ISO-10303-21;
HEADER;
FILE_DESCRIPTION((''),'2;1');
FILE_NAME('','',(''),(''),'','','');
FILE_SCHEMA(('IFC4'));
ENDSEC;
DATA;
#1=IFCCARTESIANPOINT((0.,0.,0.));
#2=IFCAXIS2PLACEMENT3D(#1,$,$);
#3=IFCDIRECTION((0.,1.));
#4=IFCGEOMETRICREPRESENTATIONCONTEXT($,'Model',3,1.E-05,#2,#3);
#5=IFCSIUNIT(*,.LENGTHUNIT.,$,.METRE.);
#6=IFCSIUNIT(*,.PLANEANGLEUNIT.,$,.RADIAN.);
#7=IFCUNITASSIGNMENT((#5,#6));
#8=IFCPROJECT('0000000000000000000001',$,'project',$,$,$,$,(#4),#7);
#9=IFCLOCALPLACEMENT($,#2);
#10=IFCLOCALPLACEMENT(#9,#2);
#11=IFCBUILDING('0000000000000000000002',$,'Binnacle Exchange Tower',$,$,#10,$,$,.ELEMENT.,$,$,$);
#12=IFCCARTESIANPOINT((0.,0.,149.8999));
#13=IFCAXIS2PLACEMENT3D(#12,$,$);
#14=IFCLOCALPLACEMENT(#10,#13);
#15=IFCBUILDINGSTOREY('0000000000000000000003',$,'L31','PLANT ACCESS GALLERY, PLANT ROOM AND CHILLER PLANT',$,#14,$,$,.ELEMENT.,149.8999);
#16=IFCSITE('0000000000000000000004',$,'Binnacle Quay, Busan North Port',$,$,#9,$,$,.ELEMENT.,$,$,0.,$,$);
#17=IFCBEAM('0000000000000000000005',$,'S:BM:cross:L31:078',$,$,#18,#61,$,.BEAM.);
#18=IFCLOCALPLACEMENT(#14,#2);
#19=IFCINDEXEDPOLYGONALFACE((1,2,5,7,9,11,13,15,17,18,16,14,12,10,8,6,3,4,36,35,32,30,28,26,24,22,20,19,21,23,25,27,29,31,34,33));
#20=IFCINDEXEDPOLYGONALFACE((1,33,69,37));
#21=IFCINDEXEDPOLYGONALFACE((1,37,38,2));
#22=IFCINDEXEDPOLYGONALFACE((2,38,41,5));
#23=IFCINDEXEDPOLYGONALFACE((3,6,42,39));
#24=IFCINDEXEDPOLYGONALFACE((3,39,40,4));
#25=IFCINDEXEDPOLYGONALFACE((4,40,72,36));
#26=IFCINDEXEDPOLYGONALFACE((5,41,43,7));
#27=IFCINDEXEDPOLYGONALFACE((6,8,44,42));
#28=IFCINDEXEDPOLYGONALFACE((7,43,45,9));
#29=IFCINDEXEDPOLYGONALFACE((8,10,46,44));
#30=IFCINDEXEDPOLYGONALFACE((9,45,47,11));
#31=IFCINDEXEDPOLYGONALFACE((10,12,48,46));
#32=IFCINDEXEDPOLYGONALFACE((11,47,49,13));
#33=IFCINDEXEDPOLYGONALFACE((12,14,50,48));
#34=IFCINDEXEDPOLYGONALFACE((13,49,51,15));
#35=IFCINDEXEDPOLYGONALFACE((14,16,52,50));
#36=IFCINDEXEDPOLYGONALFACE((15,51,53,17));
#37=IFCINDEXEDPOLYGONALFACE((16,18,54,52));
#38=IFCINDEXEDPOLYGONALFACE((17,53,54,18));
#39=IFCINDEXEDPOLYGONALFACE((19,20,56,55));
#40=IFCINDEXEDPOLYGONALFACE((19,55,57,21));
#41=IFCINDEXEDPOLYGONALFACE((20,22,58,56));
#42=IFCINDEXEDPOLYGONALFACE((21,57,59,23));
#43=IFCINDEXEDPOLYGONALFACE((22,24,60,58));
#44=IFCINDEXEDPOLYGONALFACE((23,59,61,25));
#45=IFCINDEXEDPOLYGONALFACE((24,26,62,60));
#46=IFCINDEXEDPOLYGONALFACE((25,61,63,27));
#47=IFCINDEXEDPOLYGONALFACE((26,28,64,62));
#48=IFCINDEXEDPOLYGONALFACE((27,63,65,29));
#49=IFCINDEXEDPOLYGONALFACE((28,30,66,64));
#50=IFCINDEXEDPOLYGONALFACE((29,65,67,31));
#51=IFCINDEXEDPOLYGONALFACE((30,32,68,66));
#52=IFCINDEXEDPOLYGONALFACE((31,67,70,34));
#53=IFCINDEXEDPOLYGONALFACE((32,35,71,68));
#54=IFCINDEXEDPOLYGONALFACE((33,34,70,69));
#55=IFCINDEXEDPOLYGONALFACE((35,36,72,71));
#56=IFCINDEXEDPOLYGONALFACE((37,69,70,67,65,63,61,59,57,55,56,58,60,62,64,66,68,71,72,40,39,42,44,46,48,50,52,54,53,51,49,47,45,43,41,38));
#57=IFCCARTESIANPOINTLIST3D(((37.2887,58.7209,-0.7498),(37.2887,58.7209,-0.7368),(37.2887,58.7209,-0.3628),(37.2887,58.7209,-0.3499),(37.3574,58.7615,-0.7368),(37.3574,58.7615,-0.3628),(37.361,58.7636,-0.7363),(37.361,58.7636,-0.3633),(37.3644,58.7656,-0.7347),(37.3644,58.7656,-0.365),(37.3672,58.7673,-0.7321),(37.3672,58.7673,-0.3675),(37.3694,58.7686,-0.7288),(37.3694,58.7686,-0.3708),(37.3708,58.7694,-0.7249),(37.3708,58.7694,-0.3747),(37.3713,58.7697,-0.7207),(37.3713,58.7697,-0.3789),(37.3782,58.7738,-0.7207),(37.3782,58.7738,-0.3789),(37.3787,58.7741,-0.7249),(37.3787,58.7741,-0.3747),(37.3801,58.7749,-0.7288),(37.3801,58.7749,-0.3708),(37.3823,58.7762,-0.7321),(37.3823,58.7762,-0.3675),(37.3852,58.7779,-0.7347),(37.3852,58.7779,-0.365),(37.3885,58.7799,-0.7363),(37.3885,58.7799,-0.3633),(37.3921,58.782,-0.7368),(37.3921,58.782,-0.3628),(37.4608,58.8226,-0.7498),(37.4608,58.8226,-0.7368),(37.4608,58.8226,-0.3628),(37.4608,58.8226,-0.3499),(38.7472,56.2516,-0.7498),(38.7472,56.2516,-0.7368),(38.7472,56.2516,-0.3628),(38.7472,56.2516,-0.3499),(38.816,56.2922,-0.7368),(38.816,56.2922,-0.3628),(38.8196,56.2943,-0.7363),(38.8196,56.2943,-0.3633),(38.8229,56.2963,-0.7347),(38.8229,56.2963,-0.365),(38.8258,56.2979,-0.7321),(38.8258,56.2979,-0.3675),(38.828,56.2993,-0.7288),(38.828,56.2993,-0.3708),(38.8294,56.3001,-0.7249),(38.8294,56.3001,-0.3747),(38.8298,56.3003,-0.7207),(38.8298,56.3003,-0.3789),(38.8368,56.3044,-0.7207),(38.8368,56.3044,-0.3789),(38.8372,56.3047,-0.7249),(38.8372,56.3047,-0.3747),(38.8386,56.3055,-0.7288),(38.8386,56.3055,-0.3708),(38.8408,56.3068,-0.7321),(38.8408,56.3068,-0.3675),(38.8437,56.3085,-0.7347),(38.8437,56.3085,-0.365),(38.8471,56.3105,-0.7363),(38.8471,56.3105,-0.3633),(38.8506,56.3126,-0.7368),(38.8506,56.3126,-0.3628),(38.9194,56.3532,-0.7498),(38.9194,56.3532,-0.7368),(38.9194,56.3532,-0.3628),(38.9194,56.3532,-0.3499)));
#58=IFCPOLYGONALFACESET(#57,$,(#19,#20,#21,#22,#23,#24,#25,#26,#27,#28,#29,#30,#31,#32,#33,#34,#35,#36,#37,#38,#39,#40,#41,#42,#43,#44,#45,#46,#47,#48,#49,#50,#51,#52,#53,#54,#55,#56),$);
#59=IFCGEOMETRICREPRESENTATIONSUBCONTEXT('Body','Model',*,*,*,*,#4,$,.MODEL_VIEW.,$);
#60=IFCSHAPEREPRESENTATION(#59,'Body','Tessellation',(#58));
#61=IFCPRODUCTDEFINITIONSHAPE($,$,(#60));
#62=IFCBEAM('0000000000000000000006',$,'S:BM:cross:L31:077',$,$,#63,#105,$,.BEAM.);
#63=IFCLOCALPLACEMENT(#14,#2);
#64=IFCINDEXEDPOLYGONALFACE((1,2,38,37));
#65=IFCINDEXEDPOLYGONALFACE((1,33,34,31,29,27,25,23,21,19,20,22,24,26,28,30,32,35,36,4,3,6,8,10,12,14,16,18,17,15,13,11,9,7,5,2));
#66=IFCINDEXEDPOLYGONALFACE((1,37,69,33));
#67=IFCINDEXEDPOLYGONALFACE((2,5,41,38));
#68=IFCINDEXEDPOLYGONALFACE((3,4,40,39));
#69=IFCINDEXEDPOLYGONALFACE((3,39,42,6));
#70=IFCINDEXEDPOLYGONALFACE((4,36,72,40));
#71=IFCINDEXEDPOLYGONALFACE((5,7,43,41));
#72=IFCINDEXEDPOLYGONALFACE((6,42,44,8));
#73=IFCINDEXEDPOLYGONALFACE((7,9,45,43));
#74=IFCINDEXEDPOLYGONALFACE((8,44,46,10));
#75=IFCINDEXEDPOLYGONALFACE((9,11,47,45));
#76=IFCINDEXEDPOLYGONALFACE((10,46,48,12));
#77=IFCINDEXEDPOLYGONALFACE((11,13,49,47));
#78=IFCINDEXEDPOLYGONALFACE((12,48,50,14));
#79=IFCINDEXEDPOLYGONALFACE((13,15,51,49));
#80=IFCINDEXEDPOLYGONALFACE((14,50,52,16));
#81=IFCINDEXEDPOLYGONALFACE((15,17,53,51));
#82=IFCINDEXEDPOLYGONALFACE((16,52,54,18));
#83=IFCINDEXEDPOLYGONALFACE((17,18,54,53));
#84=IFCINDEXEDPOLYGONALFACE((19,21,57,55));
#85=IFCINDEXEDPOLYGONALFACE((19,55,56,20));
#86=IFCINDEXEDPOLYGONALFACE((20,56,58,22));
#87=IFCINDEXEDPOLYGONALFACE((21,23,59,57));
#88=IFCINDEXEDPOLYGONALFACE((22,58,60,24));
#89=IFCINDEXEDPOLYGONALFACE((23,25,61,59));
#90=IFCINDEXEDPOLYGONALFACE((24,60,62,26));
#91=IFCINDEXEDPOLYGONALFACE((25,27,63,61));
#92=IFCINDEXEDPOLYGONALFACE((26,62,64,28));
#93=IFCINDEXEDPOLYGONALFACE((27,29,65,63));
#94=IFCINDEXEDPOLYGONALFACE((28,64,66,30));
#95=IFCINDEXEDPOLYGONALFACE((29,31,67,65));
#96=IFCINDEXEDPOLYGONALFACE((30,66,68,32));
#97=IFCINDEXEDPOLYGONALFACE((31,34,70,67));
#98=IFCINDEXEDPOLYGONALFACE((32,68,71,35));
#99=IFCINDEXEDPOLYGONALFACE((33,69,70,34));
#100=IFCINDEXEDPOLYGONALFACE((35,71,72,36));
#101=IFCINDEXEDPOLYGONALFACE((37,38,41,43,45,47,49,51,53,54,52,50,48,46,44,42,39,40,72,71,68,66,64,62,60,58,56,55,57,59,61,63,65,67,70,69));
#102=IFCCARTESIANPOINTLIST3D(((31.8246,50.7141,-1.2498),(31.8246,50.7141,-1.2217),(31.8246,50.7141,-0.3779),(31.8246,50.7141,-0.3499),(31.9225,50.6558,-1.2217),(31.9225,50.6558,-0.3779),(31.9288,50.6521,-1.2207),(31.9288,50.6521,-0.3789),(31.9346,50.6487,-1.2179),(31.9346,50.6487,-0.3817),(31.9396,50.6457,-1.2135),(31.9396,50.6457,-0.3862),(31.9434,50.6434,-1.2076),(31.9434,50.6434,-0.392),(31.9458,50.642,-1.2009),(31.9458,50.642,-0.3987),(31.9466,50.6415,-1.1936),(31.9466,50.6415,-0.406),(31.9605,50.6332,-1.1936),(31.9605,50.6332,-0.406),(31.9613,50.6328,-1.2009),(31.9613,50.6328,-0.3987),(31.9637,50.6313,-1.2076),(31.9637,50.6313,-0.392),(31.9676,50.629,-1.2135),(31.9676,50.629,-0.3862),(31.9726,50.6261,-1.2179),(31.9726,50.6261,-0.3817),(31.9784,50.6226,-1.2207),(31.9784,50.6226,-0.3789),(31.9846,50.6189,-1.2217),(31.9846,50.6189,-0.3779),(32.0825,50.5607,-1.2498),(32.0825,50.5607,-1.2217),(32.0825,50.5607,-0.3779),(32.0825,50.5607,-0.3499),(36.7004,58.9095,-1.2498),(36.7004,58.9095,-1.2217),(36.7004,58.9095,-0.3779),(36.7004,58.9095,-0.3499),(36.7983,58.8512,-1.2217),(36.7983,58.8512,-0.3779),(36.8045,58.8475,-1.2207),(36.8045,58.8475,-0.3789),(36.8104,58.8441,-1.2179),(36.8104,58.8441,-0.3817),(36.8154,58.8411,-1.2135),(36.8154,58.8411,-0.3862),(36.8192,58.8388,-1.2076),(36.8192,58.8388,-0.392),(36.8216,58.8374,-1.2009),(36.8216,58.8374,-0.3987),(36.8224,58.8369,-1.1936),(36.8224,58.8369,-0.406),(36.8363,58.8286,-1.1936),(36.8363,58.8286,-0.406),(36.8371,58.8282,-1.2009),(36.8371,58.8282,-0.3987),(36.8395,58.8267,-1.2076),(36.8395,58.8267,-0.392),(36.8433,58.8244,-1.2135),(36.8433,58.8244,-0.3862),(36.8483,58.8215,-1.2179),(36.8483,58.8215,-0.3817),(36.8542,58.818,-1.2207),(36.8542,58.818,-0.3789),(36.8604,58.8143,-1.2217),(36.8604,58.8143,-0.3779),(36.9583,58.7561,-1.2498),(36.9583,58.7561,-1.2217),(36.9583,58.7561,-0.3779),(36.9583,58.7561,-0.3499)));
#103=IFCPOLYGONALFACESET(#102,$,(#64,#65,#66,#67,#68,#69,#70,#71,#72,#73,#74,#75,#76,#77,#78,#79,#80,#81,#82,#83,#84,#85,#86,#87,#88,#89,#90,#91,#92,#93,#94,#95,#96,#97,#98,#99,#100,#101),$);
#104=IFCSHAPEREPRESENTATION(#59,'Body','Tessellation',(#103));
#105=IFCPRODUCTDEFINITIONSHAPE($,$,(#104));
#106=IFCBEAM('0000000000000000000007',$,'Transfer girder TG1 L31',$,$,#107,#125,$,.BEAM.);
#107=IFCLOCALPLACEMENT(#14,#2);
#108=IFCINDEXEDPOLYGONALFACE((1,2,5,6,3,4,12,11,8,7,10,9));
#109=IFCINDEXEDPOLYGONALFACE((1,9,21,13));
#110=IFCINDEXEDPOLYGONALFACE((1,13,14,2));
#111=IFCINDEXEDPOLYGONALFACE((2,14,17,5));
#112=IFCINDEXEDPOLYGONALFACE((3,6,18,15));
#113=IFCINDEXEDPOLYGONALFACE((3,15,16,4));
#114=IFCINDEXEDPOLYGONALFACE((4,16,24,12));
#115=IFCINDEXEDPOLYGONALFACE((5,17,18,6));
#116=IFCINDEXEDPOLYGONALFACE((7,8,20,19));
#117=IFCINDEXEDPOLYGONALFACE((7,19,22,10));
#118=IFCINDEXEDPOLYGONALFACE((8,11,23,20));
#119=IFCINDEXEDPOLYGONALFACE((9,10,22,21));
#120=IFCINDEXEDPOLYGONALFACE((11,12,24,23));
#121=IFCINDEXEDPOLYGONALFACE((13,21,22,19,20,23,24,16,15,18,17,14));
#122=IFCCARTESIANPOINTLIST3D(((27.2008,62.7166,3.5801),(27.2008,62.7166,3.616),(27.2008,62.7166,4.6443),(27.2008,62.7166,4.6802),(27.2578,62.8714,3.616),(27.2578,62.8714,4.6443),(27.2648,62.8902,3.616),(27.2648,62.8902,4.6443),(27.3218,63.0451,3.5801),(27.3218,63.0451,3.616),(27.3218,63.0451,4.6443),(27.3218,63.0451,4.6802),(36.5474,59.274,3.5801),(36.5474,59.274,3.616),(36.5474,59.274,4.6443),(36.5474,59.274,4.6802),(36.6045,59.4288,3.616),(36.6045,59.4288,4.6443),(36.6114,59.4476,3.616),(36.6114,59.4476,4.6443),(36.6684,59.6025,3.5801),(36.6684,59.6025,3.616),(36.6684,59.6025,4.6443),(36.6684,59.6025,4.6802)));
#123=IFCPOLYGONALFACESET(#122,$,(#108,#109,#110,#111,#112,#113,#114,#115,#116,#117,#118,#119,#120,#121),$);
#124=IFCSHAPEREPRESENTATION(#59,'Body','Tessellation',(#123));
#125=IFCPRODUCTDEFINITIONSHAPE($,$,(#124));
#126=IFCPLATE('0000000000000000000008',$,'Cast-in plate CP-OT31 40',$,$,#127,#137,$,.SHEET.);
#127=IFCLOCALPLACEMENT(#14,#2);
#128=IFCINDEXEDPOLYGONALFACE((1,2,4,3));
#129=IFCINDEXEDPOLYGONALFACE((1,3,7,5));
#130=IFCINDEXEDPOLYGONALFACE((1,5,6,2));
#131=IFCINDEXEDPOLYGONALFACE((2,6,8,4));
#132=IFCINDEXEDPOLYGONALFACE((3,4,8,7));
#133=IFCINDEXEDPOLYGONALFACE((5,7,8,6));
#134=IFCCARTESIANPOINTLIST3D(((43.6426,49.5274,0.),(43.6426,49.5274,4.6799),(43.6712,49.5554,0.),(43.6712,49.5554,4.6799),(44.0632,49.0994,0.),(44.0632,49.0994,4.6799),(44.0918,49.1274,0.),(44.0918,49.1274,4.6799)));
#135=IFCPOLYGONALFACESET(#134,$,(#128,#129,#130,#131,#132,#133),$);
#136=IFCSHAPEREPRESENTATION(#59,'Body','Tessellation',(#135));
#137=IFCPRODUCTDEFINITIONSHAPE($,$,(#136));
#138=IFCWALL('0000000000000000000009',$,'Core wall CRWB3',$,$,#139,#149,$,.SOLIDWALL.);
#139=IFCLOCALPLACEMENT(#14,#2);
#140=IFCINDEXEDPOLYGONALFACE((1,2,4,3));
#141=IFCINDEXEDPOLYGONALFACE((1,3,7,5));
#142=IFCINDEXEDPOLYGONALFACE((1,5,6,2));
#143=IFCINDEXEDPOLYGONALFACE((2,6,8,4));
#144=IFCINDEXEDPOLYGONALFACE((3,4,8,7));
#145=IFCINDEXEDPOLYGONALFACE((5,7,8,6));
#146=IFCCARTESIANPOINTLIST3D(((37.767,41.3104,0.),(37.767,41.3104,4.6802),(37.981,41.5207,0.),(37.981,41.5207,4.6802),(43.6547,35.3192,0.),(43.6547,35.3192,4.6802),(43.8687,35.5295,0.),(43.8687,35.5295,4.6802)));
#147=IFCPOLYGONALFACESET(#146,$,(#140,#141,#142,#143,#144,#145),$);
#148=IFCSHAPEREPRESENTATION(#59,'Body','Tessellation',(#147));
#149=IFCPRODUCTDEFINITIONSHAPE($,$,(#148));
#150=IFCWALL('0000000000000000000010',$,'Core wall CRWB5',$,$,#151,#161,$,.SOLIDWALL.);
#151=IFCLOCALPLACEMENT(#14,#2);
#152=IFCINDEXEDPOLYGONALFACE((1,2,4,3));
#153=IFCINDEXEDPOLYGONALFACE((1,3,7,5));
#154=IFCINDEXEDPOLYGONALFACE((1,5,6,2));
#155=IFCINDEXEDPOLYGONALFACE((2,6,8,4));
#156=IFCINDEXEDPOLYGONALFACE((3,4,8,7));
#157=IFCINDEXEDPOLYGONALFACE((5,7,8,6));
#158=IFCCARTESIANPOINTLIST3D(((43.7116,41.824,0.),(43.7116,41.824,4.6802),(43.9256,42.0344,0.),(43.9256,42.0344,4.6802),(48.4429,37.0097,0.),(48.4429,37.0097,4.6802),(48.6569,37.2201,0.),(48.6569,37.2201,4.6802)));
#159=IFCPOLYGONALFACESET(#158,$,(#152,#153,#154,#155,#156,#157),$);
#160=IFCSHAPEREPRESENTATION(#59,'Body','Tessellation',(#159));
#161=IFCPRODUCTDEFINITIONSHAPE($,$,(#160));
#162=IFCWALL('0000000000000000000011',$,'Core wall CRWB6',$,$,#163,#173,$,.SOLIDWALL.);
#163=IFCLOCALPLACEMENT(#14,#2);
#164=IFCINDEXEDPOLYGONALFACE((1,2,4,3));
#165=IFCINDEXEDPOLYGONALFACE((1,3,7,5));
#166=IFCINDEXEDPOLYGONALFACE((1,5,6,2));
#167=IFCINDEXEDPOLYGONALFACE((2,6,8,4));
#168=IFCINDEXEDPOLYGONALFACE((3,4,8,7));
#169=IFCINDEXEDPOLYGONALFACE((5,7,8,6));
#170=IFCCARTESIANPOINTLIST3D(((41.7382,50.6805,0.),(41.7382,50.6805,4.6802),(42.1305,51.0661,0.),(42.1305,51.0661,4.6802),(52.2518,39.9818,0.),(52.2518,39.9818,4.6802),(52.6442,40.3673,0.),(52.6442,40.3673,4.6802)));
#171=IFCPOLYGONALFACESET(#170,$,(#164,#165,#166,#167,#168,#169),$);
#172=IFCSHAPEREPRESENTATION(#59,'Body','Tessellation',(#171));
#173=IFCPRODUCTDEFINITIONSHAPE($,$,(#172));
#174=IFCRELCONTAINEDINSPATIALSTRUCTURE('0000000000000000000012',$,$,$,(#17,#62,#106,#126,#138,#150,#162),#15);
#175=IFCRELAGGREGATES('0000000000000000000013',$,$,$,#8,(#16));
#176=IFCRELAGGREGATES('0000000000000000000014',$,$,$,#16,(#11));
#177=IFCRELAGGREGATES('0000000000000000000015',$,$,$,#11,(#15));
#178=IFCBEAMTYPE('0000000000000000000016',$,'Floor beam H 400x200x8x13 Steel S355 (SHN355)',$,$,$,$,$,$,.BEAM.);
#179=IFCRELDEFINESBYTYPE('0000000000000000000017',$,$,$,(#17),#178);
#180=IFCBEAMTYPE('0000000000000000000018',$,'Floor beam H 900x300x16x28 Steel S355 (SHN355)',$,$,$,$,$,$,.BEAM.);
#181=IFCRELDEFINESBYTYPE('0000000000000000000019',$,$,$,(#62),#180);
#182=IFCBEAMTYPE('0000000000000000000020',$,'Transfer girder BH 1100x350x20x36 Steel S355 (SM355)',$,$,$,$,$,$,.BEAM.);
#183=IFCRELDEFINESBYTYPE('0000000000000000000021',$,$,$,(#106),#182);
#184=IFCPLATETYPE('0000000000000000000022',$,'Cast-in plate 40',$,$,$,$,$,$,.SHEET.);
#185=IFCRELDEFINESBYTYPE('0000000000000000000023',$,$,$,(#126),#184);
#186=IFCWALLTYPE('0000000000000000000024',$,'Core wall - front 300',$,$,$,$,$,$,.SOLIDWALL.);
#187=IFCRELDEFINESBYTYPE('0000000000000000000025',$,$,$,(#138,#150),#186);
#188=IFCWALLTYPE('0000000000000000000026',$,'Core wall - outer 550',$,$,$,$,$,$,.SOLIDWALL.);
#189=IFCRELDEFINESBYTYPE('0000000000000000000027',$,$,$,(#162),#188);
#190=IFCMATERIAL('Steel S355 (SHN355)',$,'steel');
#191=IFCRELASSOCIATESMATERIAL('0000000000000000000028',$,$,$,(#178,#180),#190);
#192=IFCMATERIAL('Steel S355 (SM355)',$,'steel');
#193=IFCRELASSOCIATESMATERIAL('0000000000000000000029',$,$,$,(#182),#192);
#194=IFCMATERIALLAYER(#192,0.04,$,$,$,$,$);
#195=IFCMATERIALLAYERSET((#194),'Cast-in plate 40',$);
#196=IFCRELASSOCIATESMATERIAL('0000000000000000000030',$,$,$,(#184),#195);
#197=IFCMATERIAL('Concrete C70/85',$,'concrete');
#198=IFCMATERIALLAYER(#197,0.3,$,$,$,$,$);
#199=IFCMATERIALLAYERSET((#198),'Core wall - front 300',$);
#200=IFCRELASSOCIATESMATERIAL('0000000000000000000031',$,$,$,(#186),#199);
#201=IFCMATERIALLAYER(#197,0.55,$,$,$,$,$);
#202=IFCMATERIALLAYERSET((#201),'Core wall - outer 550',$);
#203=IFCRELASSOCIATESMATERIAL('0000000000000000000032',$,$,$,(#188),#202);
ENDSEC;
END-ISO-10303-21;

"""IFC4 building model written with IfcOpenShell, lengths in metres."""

from ifc_helpers import new_model, si_unit, direction, frame, frame_2d, origin, origin_2d, place, context, subcontext, project, spatial, rectangle, i_section, extrude, material, layer, layer_set, material_profile, profile_set, type_object, element, save


model = new_model("IFC4")

# Units and contexts
model_context = context("Model", 3, precision=1e-05, world=origin(), true_north=direction((0.0, 1.0)))
body_context = subcontext(model_context, "Body", "Model", "MODEL_VIEW")
ifc_project = project(units=[si_unit("LENGTHUNIT", "METRE"), si_unit("PLANEANGLEUNIT", "RADIAN")], contexts=[model_context])

# Site, building, storey
site_placement = place(None, origin())
site = spatial("IfcSite", under=ifc_project, at=site_placement, Name="Binnacle Quay, Busan North Port", CompositionType="ELEMENT", RefElevation=0.0)
building_placement = place(site_placement, origin())
building = spatial("IfcBuilding", under=site, at=building_placement, Name="Binnacle Exchange Tower", CompositionType="ELEMENT")
storey_placement = place(building_placement, frame((0.0, 0.0, 149.8999)))
storey = spatial("IfcBuildingStorey", under=building, at=storey_placement, Name="L31", Description="PLANT ACCESS GALLERY, PLANT ROOM AND CHILLER PLANT", CompositionType="ELEMENT", Elevation=149.8999)

# Shared definitions
ifc_material_1 = material(Name="Concrete C70/85", Category="concrete")

# Shared definitions
ifc_material_2 = material(Name="Steel S355 (SHN355)", Category="steel")

# Beams
ifc_material_profile_1 = material_profile(ifc_material_2, i_section(OverallWidth=0.2, OverallDepth=0.3999, WebThickness=0.0081, FlangeThickness=0.0129, FilletRadius=0.0161, at=origin_2d()), Name="H 400x200x8x13")
ifc_profile_set_1 = profile_set([ifc_material_profile_1], Name="Steel S355 (SHN355)")
beam_type_1 = type_object("IfcBeamType", Name="Floor beam H 400x200x8x13 Steel S355 (SHN355)", PredefinedType="BEAM", material=ifc_profile_set_1)
beam_1_placement = place(storey_placement, frame((37.3748, 58.7717, -0.5498), z_axis=(0.508574, -0.861018, 0.0), x_axis=(0.861018, 0.508574, 0.0)))
element("IfcBeam", 1, at=beam_1_placement, inside=storey, type_object=beam_type_1, Name="S:BM:cross:L31:078", PredefinedType="BEAM", context=body_context, shape_type="SweptSolid", body=[
    extrude(i_section(OverallWidth=0.2, OverallDepth=0.3999, WebThickness=0.0081, FlangeThickness=0.0129, FilletRadius=0.0161, at=origin_2d()), origin(), (0.0, 0.0, 1.0), 2.8679),
])
ifc_material_profile_2 = material_profile(ifc_material_2, i_section(OverallWidth=0.3, OverallDepth=0.8999, WebThickness=0.0161, FlangeThickness=0.0281, FilletRadius=0.0281, at=origin_2d()), Name="H 900x300x16x28")
ifc_profile_set_2 = profile_set([ifc_material_profile_2], Name="Steel S355 (SHN355)")
beam_type_2 = type_object("IfcBeamType", Name="Floor beam H 900x300x16x28 Steel S355 (SHN355)", PredefinedType="BEAM", material=ifc_profile_set_2)
beam_2_placement = place(storey_placement, frame((36.8293, 58.8328, -0.7998), z_axis=(-0.511296, -0.859405, 0.0), x_axis=(0.859405, -0.511296, 0.0)))
element("IfcBeam", 2, at=beam_2_placement, inside=storey, type_object=beam_type_2, Name="S:BM:cross:L31:077", PredefinedType="BEAM", context=body_context, shape_type="SweptSolid", body=[
    extrude(i_section(OverallWidth=0.3, OverallDepth=0.8999, WebThickness=0.0161, FlangeThickness=0.0281, FilletRadius=0.0281, at=origin_2d()), origin(), (0.0, 0.0, 1.0), 9.5361),
])
ifc_material_3 = material(Name="Steel S355 (SM355)", Category="steel")
ifc_material_profile_3 = material_profile(ifc_material_3, i_section(OverallWidth=0.3501, OverallDepth=1.1001, WebThickness=0.02, FlangeThickness=0.0359, at=origin_2d()), Name="BH 1100x350x20x36")
ifc_profile_set_3 = profile_set([ifc_material_profile_3], Name="Steel S355 (SM355)")
beam_type_3 = type_object("IfcBeamType", Name="Transfer girder BH 1100x350x20x36 Steel S355 (SM355)", PredefinedType="BEAM", material=ifc_profile_set_3)
beam_3_placement = place(storey_placement, frame((36.6079, 59.4382, 4.1301), z_axis=(-0.938372, 0.345627, 0.0), x_axis=(-0.345627, -0.938372, 0.0)))
element("IfcBeam", 3, at=beam_3_placement, inside=storey, type_object=beam_type_3, Name="Transfer girder TG1 L31", PredefinedType="BEAM", context=body_context, shape_type="SweptSolid", body=[
    extrude(i_section(OverallWidth=0.3501, OverallDepth=1.1001, WebThickness=0.02, FlangeThickness=0.0359, at=origin_2d()), origin(), (0.0, 0.0, 1.0), 9.9604),
])

# Plate
ifc_layer_1 = layer(ifc_material_3, 0.04)
ifc_layer_set_1 = layer_set([ifc_layer_1], Name="Cast-in plate 40")
plate_type = type_object("IfcPlateType", Name="Cast-in plate 40", PredefinedType="SHEET", material=ifc_layer_set_1)
plate_placement = place(storey_placement, frame((43.8672, 49.3274, 0.0), z_axis=(0.0, 0.0, 1.0), x_axis=(-0.71325, -0.700909, 0.0)))
element("IfcPlate", 4, at=plate_placement, inside=storey, type_object=plate_type, Name="Cast-in plate CP-OT31 40", PredefinedType="SHEET", context=body_context, shape_type="SweptSolid", body=[
    extrude(rectangle(XDim=0.04, YDim=0.6001, at=origin_2d()), origin(), (0.0, 0.0, 1.0), 4.6799),
])

# Walls
ifc_layer_2 = layer(ifc_material_1, 0.3)
ifc_layer_set_2 = layer_set([ifc_layer_2], Name="Core wall - front 300")
wall_type_1 = type_object("IfcWallType", Name="Core wall - front 300", PredefinedType="SOLIDWALL", material=ifc_layer_set_2)
wall_1_placement = place(storey_placement, frame((37.874, 41.4155, 0.0), z_axis=(0.0, 0.0, 1.0), x_axis=(0.700918, -0.713242, 0.0)))
element("IfcWall", 5, at=wall_1_placement, inside=storey, type_object=wall_type_1, Name="Core wall CRWB3", PredefinedType="SOLIDWALL", context=body_context, shape_type="SweptSolid", body=[
    extrude(rectangle(XDim=8.3999, YDim=0.3, at=frame_2d((4.2, 0.0))), origin(), (0.0, 0.0, 1.0), 4.6802),
])
wall_2_placement = place(storey_placement, frame((43.8186, 41.9292, 0.0), z_axis=(0.0, 0.0, 1.0), x_axis=(0.700931, -0.713229, 0.0)))
element("IfcWall", 6, at=wall_2_placement, inside=storey, type_object=wall_type_1, Name="Core wall CRWB5", PredefinedType="SOLIDWALL", context=body_context, shape_type="SweptSolid", body=[
    extrude(rectangle(XDim=6.75, YDim=0.3, at=frame_2d((3.375, 0.0))), origin(), (0.0, 0.0, 1.0), 4.6802),
])
ifc_layer_3 = layer(ifc_material_1, 0.55)
ifc_layer_set_3 = layer_set([ifc_layer_3], Name="Core wall - outer 550")
wall_type_2 = type_object("IfcWallType", Name="Core wall - outer 550", PredefinedType="SOLIDWALL", material=ifc_layer_set_3)
wall_3_placement = place(storey_placement, frame((41.9343, 50.8733, 0.0), z_axis=(0.0, 0.0, 1.0), x_axis=(0.700911, -0.713248, 0.0)))
element("IfcWall", 7, at=wall_3_placement, inside=storey, type_object=wall_type_2, Name="Core wall CRWB6", PredefinedType="SOLIDWALL", context=body_context, shape_type="SweptSolid", body=[
    extrude(rectangle(XDim=15.0, YDim=0.55, at=frame_2d((7.5, 0.0))), origin(), (0.0, 0.0, 1.0), 4.6802),
])

save(model, "model.ifc")
